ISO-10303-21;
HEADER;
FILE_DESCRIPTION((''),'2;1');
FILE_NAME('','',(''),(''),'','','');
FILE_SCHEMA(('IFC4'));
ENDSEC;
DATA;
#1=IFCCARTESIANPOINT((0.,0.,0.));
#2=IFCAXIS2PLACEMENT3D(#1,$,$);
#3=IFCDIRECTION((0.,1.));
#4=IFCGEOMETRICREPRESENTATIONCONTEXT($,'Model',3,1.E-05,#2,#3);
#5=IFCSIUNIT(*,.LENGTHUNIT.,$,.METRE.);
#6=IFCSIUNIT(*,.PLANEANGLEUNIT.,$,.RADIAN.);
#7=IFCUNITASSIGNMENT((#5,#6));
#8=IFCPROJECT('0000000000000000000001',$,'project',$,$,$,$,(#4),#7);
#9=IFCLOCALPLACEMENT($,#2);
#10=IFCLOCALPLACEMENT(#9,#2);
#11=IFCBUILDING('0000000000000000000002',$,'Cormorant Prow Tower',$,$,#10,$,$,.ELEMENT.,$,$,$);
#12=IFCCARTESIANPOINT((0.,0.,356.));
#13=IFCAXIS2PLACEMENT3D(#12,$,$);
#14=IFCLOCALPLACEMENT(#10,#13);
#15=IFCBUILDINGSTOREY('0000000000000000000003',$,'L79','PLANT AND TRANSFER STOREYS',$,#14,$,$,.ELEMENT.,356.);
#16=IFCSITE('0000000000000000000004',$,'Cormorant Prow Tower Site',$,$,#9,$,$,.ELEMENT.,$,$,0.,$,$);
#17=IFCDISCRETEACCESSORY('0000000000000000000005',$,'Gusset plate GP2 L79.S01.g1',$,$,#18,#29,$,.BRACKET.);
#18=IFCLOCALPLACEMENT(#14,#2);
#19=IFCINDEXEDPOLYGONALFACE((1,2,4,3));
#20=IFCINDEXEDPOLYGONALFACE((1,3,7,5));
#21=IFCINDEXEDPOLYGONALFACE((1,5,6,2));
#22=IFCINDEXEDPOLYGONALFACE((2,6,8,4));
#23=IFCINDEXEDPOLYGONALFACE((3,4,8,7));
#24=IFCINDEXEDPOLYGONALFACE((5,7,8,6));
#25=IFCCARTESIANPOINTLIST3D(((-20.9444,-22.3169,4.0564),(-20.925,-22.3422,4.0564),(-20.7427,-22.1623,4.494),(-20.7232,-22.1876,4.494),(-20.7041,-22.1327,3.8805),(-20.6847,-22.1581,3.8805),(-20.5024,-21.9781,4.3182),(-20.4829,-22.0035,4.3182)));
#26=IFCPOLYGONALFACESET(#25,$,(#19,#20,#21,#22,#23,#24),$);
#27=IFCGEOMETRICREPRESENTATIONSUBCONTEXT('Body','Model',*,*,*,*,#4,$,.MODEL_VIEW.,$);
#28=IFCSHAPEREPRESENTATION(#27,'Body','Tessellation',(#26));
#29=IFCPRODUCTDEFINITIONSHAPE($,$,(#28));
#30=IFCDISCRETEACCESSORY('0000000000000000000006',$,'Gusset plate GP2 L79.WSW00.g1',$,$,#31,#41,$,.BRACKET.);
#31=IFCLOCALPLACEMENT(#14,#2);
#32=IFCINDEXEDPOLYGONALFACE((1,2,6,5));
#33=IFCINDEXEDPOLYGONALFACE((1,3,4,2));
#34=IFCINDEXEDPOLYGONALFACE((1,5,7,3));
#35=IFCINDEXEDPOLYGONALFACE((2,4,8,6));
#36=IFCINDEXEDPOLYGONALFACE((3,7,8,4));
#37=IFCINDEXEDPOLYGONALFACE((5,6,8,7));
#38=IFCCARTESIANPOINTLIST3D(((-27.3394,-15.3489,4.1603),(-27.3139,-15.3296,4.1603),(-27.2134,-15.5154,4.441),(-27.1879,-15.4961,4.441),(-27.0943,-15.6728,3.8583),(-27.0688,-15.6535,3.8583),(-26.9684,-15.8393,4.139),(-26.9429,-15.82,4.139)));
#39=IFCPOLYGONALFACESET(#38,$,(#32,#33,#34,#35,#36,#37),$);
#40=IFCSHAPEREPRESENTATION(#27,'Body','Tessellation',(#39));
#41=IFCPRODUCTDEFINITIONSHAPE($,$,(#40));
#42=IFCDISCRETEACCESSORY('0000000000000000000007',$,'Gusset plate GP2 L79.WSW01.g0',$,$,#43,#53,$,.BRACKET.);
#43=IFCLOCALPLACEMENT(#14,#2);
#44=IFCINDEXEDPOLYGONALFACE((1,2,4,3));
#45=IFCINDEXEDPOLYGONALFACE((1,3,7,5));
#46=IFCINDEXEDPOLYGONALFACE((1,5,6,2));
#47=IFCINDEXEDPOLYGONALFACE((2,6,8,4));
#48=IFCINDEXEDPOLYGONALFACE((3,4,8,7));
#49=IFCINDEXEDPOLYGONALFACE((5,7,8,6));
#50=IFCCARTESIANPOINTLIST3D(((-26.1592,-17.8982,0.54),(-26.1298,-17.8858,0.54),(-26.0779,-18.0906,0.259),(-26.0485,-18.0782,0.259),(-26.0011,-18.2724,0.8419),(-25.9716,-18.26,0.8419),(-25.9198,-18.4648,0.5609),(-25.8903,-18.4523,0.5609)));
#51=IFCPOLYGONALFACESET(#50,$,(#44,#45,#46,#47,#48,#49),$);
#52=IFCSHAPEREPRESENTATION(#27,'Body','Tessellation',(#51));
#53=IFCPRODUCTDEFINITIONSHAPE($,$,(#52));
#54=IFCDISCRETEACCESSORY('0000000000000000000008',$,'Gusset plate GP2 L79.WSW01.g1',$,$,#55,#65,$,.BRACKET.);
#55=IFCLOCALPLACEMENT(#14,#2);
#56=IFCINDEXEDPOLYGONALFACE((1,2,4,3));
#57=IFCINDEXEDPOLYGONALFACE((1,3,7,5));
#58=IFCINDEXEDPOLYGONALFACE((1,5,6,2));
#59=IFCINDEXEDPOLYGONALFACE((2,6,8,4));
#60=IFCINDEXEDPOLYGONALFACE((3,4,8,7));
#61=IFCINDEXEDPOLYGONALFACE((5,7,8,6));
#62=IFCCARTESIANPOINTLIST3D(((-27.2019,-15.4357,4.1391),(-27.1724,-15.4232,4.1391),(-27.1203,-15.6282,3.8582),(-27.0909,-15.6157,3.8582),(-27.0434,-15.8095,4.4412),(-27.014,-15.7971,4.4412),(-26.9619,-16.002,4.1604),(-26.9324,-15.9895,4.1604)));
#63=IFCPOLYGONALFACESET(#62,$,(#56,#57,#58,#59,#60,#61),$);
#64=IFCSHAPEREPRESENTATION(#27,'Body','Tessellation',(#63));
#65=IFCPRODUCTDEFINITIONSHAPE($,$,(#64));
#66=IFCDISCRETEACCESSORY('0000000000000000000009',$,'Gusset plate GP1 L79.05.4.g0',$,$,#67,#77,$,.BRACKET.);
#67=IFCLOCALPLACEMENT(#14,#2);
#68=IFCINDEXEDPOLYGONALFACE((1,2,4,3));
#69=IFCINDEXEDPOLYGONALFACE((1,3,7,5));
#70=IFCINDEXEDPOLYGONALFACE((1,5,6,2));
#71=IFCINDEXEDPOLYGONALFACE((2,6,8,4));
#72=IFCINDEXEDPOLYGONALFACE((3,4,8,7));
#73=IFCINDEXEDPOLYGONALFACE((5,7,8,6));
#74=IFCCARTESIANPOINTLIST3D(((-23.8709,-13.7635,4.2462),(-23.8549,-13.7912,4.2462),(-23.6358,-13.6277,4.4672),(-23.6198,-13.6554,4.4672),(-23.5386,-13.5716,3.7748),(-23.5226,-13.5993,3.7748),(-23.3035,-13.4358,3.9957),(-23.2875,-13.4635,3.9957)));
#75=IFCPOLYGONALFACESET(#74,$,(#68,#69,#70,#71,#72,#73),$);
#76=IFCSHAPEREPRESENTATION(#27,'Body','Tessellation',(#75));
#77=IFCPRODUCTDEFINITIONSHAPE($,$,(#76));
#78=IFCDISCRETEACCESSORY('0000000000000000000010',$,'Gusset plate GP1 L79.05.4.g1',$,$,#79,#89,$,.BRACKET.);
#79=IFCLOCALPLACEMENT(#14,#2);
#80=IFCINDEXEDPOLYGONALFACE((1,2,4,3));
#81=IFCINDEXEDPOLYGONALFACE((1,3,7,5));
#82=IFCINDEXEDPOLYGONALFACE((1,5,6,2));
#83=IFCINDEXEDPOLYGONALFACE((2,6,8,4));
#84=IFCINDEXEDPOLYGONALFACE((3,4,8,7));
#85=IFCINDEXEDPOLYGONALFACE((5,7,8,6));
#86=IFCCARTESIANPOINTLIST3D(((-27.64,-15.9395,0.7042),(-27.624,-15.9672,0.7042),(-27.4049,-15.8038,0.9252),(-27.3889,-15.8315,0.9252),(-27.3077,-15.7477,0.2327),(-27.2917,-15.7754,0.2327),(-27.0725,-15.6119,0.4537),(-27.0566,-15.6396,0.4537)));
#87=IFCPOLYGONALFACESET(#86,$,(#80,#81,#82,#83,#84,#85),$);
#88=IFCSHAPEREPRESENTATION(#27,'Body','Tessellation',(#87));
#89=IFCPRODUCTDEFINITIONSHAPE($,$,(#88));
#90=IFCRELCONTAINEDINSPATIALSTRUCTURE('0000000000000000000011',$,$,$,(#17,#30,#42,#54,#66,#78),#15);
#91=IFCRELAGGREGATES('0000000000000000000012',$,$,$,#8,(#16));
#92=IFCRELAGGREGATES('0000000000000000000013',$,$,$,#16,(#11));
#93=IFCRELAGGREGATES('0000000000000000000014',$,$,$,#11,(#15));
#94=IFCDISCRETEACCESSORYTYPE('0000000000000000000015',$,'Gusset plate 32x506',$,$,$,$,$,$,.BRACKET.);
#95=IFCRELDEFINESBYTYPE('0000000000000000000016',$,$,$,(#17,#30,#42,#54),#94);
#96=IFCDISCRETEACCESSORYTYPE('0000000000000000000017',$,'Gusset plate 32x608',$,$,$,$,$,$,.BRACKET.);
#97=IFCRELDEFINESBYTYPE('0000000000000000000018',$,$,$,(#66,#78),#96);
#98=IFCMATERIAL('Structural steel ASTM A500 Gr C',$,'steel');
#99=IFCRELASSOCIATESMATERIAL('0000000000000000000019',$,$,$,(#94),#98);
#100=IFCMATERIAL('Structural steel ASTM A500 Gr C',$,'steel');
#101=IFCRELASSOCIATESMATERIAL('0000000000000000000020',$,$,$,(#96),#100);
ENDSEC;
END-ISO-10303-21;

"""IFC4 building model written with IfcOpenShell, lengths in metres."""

from ifc_helpers import new_model, si_unit, direction, frame, origin, origin_2d, place, context, subcontext, project, spatial, rectangle, extrude, material, material_profile, profile_set, type_object, element, save


model = new_model("IFC4")

# Units and contexts
model_context = context("Model", 3, precision=1e-05, world=origin(), true_north=direction((0.0, 1.0)))
body_context = subcontext(model_context, "Body", "Model", "MODEL_VIEW")
ifc_project = project(units=[si_unit("LENGTHUNIT", "METRE"), si_unit("PLANEANGLEUNIT", "RADIAN")], contexts=[model_context])

# Site, building, storey
site_placement = place(None, origin())
site = spatial("IfcSite", under=ifc_project, at=site_placement, Name="Cormorant Prow Tower Site", CompositionType="ELEMENT", RefElevation=0.0)
building_placement = place(site_placement, origin())
building = spatial("IfcBuilding", under=site, at=building_placement, Name="Cormorant Prow Tower", CompositionType="ELEMENT")
storey_placement = place(building_placement, frame((0.0, 0.0, 356.0)))
storey = spatial("IfcBuildingStorey", under=building, at=storey_placement, Name="L79", Description="PLANT AND TRANSFER STOREYS", CompositionType="ELEMENT", Elevation=356.0)

# Discrete accessories
ifc_material_1 = material(Name="Structural steel ASTM A500 Gr C", Category="steel")
ifc_material_profile_1 = material_profile(ifc_material_1, rectangle(XDim=0.032, YDim=0.5061, at=origin_2d()), Name="Gusset plate 32x506")
ifc_profile_set_1 = profile_set([ifc_material_profile_1], Name="Structural steel ASTM A500 Gr C")
discrete_accessory_type_1 = type_object("IfcDiscreteAccessoryType", Name="Gusset plate 32x506", PredefinedType="BRACKET", material=ifc_profile_set_1)
for number, where, z_axis, x_axis, name in (
    (1, (-20.5935, -22.0681, 4.0994), (-0.68639, -0.525953, 0.502237), (0.608228, -0.793762, 0.0), "Gusset plate GP2 L79.S01.g1"),
):
    element("IfcDiscreteAccessory", number, at=place(storey_placement, frame(where, z_axis=z_axis, x_axis=x_axis)), inside=storey, type_object=discrete_accessory_type_1, Name=name, PredefinedType="BRACKET", context=body_context, shape_type="SweptSolid", body=[
        extrude(rectangle(XDim=0.032, YDim=0.5061, at=origin_2d()), origin(), (0.0, 0.0, 1.0), 0.3501),
    ])
discrete_accessory_placement = place(storey_placement, frame((-27.2041, -15.5012, 4.0093), z_axis=(0.360049, -0.475879, 0.802436), x_axis=(0.797467, 0.603362, 0.0)))
element("IfcDiscreteAccessory", 2, at=discrete_accessory_placement, inside=storey, type_object=discrete_accessory_type_1, Name="Gusset plate GP2 L79.WSW00.g1", PredefinedType="BRACKET", context=body_context, shape_type="SweptSolid", body=[
    extrude(rectangle(XDim=0.032, YDim=0.5061, at=origin_2d()), origin(), (0.0, 0.0, 1.0), 0.3499),
])
for number, where, z_axis, x_axis, name in (
    (3, (-26.0654, -18.0791, 0.6909), (0.232202, -0.549475, -0.802596), (0.921129, 0.389259, 0.0), "Gusset plate GP2 L79.WSW01.g0"),
    (4, (-27.0264, -15.8088, 4.0093), (-0.232992, 0.549693, 0.802217), (-0.920709, -0.39025, 0.0), "Gusset plate GP2 L79.WSW01.g1"),
):
    element("IfcDiscreteAccessory", number, at=place(storey_placement, frame(where, z_axis=z_axis, x_axis=x_axis)), inside=storey, type_object=discrete_accessory_type_1, Name=name, PredefinedType="BRACKET", context=body_context, shape_type="SweptSolid", body=[
        extrude(rectangle(XDim=0.032, YDim=0.5061, at=origin_2d()), origin(), (0.0, 0.0, 1.0), 0.3501),
    ])
ifc_material_2 = material(Name="Structural steel ASTM A500 Gr C", Category="steel")
ifc_material_profile_2 = material_profile(ifc_material_2, rectangle(XDim=0.032, YDim=0.6079, at=origin_2d()), Name="Gusset plate 32x608")
ifc_profile_set_2 = profile_set([ifc_material_profile_2], Name="Structural steel ASTM A500 Gr C")
discrete_accessory_type_2 = type_object("IfcDiscreteAccessoryType", Name="Gusset plate 32x608", PredefinedType="BRACKET", material=ifc_profile_set_2)
for number, where, z_axis, x_axis, name in (
    (5, (-23.6968, -13.6814, 4.0105), (0.671683, 0.387805, 0.631229), (-0.500008, 0.866021, 0.0), "Gusset plate GP1 L79.05.4.g0"),
    (6, (-27.2307, -15.7217, 0.6895), (-0.671683, -0.387805, -0.631229), (0.500008, -0.866021, 0.0), "Gusset plate GP1 L79.05.4.g1"),
):
    element("IfcDiscreteAccessory", number, at=place(storey_placement, frame(where, z_axis=z_axis, x_axis=x_axis)), inside=storey, type_object=discrete_accessory_type_2, Name=name, PredefinedType="BRACKET", context=body_context, shape_type="SweptSolid", body=[
        extrude(rectangle(XDim=0.032, YDim=0.6079, at=origin_2d()), origin(), (0.0, 0.0, 1.0), 0.3501),
    ])

save(model, "model.ifc")
